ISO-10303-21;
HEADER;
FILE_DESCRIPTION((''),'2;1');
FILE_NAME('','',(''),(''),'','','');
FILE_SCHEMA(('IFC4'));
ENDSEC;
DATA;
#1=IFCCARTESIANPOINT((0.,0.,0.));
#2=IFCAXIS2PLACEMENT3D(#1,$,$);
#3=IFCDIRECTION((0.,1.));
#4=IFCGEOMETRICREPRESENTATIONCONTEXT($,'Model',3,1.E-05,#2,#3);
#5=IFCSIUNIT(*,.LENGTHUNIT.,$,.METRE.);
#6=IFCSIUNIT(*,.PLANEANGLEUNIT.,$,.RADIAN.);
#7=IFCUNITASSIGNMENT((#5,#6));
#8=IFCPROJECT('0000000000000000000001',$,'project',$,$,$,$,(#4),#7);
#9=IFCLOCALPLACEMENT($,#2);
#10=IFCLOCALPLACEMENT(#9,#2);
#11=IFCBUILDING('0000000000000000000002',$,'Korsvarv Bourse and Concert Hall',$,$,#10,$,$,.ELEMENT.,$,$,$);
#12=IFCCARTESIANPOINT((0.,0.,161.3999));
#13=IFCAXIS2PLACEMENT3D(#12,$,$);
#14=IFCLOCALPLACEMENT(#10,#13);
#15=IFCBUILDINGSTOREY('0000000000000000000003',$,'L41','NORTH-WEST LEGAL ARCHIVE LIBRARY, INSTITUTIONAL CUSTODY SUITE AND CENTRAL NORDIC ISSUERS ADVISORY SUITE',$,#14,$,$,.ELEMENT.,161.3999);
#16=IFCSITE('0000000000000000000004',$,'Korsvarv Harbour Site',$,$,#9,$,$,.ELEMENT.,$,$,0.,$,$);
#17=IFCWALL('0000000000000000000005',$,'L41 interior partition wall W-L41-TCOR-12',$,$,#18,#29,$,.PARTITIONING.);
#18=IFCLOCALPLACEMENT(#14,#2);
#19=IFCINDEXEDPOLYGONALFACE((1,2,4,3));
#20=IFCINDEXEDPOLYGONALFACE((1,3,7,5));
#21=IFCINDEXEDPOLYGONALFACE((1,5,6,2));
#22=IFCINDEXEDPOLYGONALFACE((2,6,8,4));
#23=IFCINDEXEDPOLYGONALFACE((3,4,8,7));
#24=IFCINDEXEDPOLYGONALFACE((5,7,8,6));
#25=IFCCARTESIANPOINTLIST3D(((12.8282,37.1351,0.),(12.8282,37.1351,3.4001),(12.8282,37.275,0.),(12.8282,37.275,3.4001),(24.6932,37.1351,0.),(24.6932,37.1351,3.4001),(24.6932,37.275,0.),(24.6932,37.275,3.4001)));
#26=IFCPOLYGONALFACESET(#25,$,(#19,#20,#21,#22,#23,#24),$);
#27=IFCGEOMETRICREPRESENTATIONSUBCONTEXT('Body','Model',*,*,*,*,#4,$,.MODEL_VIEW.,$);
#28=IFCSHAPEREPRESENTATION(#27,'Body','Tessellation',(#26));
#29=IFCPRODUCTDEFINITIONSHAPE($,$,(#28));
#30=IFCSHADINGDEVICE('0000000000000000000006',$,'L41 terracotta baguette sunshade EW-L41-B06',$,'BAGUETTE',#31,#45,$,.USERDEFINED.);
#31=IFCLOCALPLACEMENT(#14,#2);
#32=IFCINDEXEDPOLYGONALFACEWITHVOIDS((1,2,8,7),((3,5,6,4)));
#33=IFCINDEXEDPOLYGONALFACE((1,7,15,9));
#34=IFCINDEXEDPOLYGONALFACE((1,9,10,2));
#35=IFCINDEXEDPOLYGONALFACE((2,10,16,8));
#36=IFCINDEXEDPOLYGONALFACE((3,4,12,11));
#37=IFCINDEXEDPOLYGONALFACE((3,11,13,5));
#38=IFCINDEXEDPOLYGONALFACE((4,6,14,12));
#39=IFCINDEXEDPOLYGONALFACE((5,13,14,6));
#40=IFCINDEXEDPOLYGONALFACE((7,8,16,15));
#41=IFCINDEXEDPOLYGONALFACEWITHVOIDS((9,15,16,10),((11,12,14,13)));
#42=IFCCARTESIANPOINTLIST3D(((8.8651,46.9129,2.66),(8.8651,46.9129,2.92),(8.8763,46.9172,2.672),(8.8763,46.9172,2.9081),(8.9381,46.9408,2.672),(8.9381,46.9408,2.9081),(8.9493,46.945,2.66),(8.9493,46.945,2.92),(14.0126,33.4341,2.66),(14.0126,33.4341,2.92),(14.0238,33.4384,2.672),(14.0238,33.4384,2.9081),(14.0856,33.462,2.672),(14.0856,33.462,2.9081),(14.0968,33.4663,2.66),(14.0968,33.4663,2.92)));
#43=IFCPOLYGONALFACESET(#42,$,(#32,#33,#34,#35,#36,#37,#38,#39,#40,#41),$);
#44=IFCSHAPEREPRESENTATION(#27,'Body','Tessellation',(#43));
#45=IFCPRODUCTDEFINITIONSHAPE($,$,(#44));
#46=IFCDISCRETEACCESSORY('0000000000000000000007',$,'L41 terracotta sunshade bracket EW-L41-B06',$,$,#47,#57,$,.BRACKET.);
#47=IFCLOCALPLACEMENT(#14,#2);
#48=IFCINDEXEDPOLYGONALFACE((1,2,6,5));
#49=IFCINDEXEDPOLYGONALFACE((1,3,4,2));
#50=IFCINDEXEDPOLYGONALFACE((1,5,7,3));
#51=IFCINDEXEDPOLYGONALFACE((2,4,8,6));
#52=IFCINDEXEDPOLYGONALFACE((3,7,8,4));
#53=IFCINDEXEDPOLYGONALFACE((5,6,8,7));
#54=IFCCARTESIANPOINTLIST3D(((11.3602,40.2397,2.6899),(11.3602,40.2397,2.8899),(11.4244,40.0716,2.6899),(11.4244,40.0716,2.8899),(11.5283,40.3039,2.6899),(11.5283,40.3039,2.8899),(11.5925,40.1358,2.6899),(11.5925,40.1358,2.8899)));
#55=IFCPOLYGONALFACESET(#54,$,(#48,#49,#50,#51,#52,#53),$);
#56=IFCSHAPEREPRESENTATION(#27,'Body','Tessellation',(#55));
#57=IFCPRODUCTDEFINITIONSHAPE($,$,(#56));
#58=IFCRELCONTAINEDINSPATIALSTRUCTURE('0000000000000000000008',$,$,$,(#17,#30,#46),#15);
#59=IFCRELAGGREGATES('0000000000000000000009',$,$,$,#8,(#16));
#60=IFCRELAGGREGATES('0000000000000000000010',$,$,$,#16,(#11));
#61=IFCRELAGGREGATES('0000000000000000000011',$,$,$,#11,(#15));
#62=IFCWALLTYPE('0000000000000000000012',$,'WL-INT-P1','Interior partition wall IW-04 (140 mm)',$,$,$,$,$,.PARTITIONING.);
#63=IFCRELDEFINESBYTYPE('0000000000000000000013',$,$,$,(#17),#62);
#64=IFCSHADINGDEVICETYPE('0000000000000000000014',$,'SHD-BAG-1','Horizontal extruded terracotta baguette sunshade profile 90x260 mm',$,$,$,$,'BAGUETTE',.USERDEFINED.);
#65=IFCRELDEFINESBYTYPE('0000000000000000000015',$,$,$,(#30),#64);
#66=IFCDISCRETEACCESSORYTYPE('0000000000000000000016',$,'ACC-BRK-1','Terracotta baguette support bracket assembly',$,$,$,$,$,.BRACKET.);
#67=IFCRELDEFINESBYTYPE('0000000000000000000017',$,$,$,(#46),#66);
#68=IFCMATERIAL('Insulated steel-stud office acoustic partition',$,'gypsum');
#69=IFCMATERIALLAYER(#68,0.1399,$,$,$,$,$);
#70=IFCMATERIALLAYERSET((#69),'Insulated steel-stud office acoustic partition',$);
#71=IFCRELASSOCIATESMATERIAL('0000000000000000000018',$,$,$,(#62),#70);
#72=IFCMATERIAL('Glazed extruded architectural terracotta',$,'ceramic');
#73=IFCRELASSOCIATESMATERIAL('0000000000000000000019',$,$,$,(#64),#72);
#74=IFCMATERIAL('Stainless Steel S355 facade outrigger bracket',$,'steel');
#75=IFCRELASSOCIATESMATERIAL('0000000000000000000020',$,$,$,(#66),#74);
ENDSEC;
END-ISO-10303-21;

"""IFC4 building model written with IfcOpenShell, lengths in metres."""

from ifc_helpers import new_model, si_unit, direction, frame, frame_2d, origin, origin_2d, place, context, subcontext, project, spatial, rectangle, hollow_rectangle, extrude, source, transform, mapped, material, layer, layer_set, material_profile, profile_set, type_object, element, save


model = new_model("IFC4")

# Units and contexts
model_context = context("Model", 3, precision=1e-05, world=origin(), true_north=direction((0.0, 1.0)))
body_context = subcontext(model_context, "Body", "Model", "MODEL_VIEW")
ifc_project = project(units=[si_unit("LENGTHUNIT", "METRE"), si_unit("PLANEANGLEUNIT", "RADIAN")], contexts=[model_context])

# Site, building, storey
site_placement = place(None, origin())
site = spatial("IfcSite", under=ifc_project, at=site_placement, Name="Korsvarv Harbour Site", CompositionType="ELEMENT", RefElevation=0.0)
building_placement = place(site_placement, origin())
building = spatial("IfcBuilding", under=site, at=building_placement, Name="Korsvarv Bourse and Concert Hall", CompositionType="ELEMENT")
storey_placement = place(building_placement, frame((0.0, 0.0, 161.3999)))
storey = spatial("IfcBuildingStorey", under=building, at=storey_placement, Name="L41", Description="NORTH-WEST LEGAL ARCHIVE LIBRARY, INSTITUTIONAL CUSTODY SUITE AND CENTRAL NORDIC ISSUERS ADVISORY SUITE", CompositionType="ELEMENT", Elevation=161.3999)

# Wall
ifc_material_1 = material(Name="Insulated steel-stud office acoustic partition", Category="gypsum")
ifc_layer_1 = layer(ifc_material_1, 0.1399)
ifc_layer_set_1 = layer_set([ifc_layer_1], Name="Insulated steel-stud office acoustic partition")
wall_type_1 = type_object("IfcWallType", Name="WL-INT-P1", Description="Interior partition wall IW-04 (140 mm)", PredefinedType="PARTITIONING", material=ifc_layer_set_1)
wall_1_placement = place(storey_placement, frame((12.8281, 37.2051, 0.0), z_axis=(0.0, 0.0, 1.0), x_axis=(1.0, 0.0, 0.0)))
element("IfcWall", 1, at=wall_1_placement, inside=storey, type_object=wall_type_1, Name="L41 interior partition wall W-L41-TCOR-12", PredefinedType="PARTITIONING", context=body_context, shape_type="SweptSolid", body=[
    extrude(rectangle(XDim=11.865, YDim=0.1399, at=frame_2d((5.9326, 0.0))), origin(), (0.0, 0.0, 1.0), 3.4001),
])

# Shading device
ifc_material_2 = material(Name="Glazed extruded architectural terracotta", Category="ceramic")
ifc_material_profile_1 = material_profile(ifc_material_2, hollow_rectangle(XDim=0.0901, YDim=0.26, WallThickness=0.012, at=origin_2d()), Name="TC-BAG 90x260")
ifc_profile_set_1 = profile_set([ifc_material_profile_1], Name="Glazed extruded architectural terracotta")
shading_device_type = type_object("IfcShadingDeviceType", Name="SHD-BAG-1", Description="Horizontal extruded terracotta baguette sunshade profile 90x260 mm", ElementType="BAGUETTE", PredefinedType="USERDEFINED", material=ifc_profile_set_1)
shared_shape_1 = source(origin(), body_context, "Body", "SweptSolid", [
    extrude(hollow_rectangle(XDim=0.0901, YDim=0.26, WallThickness=0.012, at=origin_2d()), origin(), (0.0, 0.0, 1.0), 14.4282),
])
shading_device_placement = place(storey_placement, frame((8.9072, 46.929, 2.79), z_axis=(0.356764, -0.934195, 0.0), x_axis=(0.934195, 0.356764, 0.0)))
element("IfcShadingDevice", 2, at=shading_device_placement, inside=storey, type_object=shading_device_type, Name="L41 terracotta baguette sunshade EW-L41-B06", ObjectType="BAGUETTE", PredefinedType="USERDEFINED", context=body_context, shape_type="MappedRepresentation", body=[
    mapped(shared_shape_1, transform((0.0, 0.0, 0.0), scale=1.0)),
])

# Discrete accessory
ifc_material_3 = material(Name="Stainless Steel S355 facade outrigger bracket", Category="steel")
discrete_accessory_type = type_object("IfcDiscreteAccessoryType", Name="ACC-BRK-1", Description="Terracotta baguette support bracket assembly", PredefinedType="BRACKET", material=ifc_material_3)
shared_shape_2 = source(origin(), body_context, "Body", "SweptSolid", [
    extrude(rectangle(XDim=0.1799, YDim=0.1799, at=origin_2d()), origin(), (0.0, 0.0, 1.0), 0.2),
])
discrete_accessory_placement = place(storey_placement, frame((11.4763, 40.1877, 2.6899), z_axis=(0.0, 0.0, 1.0), x_axis=(0.356738, -0.934204, 0.0)))
element("IfcDiscreteAccessory", 3, at=discrete_accessory_placement, inside=storey, type_object=discrete_accessory_type, Name="L41 terracotta sunshade bracket EW-L41-B06", PredefinedType="BRACKET", context=body_context, shape_type="MappedRepresentation", body=[
    mapped(shared_shape_2, transform((0.0, 0.0, 0.0), scale=1.0)),
])

save(model, "model.ifc")
